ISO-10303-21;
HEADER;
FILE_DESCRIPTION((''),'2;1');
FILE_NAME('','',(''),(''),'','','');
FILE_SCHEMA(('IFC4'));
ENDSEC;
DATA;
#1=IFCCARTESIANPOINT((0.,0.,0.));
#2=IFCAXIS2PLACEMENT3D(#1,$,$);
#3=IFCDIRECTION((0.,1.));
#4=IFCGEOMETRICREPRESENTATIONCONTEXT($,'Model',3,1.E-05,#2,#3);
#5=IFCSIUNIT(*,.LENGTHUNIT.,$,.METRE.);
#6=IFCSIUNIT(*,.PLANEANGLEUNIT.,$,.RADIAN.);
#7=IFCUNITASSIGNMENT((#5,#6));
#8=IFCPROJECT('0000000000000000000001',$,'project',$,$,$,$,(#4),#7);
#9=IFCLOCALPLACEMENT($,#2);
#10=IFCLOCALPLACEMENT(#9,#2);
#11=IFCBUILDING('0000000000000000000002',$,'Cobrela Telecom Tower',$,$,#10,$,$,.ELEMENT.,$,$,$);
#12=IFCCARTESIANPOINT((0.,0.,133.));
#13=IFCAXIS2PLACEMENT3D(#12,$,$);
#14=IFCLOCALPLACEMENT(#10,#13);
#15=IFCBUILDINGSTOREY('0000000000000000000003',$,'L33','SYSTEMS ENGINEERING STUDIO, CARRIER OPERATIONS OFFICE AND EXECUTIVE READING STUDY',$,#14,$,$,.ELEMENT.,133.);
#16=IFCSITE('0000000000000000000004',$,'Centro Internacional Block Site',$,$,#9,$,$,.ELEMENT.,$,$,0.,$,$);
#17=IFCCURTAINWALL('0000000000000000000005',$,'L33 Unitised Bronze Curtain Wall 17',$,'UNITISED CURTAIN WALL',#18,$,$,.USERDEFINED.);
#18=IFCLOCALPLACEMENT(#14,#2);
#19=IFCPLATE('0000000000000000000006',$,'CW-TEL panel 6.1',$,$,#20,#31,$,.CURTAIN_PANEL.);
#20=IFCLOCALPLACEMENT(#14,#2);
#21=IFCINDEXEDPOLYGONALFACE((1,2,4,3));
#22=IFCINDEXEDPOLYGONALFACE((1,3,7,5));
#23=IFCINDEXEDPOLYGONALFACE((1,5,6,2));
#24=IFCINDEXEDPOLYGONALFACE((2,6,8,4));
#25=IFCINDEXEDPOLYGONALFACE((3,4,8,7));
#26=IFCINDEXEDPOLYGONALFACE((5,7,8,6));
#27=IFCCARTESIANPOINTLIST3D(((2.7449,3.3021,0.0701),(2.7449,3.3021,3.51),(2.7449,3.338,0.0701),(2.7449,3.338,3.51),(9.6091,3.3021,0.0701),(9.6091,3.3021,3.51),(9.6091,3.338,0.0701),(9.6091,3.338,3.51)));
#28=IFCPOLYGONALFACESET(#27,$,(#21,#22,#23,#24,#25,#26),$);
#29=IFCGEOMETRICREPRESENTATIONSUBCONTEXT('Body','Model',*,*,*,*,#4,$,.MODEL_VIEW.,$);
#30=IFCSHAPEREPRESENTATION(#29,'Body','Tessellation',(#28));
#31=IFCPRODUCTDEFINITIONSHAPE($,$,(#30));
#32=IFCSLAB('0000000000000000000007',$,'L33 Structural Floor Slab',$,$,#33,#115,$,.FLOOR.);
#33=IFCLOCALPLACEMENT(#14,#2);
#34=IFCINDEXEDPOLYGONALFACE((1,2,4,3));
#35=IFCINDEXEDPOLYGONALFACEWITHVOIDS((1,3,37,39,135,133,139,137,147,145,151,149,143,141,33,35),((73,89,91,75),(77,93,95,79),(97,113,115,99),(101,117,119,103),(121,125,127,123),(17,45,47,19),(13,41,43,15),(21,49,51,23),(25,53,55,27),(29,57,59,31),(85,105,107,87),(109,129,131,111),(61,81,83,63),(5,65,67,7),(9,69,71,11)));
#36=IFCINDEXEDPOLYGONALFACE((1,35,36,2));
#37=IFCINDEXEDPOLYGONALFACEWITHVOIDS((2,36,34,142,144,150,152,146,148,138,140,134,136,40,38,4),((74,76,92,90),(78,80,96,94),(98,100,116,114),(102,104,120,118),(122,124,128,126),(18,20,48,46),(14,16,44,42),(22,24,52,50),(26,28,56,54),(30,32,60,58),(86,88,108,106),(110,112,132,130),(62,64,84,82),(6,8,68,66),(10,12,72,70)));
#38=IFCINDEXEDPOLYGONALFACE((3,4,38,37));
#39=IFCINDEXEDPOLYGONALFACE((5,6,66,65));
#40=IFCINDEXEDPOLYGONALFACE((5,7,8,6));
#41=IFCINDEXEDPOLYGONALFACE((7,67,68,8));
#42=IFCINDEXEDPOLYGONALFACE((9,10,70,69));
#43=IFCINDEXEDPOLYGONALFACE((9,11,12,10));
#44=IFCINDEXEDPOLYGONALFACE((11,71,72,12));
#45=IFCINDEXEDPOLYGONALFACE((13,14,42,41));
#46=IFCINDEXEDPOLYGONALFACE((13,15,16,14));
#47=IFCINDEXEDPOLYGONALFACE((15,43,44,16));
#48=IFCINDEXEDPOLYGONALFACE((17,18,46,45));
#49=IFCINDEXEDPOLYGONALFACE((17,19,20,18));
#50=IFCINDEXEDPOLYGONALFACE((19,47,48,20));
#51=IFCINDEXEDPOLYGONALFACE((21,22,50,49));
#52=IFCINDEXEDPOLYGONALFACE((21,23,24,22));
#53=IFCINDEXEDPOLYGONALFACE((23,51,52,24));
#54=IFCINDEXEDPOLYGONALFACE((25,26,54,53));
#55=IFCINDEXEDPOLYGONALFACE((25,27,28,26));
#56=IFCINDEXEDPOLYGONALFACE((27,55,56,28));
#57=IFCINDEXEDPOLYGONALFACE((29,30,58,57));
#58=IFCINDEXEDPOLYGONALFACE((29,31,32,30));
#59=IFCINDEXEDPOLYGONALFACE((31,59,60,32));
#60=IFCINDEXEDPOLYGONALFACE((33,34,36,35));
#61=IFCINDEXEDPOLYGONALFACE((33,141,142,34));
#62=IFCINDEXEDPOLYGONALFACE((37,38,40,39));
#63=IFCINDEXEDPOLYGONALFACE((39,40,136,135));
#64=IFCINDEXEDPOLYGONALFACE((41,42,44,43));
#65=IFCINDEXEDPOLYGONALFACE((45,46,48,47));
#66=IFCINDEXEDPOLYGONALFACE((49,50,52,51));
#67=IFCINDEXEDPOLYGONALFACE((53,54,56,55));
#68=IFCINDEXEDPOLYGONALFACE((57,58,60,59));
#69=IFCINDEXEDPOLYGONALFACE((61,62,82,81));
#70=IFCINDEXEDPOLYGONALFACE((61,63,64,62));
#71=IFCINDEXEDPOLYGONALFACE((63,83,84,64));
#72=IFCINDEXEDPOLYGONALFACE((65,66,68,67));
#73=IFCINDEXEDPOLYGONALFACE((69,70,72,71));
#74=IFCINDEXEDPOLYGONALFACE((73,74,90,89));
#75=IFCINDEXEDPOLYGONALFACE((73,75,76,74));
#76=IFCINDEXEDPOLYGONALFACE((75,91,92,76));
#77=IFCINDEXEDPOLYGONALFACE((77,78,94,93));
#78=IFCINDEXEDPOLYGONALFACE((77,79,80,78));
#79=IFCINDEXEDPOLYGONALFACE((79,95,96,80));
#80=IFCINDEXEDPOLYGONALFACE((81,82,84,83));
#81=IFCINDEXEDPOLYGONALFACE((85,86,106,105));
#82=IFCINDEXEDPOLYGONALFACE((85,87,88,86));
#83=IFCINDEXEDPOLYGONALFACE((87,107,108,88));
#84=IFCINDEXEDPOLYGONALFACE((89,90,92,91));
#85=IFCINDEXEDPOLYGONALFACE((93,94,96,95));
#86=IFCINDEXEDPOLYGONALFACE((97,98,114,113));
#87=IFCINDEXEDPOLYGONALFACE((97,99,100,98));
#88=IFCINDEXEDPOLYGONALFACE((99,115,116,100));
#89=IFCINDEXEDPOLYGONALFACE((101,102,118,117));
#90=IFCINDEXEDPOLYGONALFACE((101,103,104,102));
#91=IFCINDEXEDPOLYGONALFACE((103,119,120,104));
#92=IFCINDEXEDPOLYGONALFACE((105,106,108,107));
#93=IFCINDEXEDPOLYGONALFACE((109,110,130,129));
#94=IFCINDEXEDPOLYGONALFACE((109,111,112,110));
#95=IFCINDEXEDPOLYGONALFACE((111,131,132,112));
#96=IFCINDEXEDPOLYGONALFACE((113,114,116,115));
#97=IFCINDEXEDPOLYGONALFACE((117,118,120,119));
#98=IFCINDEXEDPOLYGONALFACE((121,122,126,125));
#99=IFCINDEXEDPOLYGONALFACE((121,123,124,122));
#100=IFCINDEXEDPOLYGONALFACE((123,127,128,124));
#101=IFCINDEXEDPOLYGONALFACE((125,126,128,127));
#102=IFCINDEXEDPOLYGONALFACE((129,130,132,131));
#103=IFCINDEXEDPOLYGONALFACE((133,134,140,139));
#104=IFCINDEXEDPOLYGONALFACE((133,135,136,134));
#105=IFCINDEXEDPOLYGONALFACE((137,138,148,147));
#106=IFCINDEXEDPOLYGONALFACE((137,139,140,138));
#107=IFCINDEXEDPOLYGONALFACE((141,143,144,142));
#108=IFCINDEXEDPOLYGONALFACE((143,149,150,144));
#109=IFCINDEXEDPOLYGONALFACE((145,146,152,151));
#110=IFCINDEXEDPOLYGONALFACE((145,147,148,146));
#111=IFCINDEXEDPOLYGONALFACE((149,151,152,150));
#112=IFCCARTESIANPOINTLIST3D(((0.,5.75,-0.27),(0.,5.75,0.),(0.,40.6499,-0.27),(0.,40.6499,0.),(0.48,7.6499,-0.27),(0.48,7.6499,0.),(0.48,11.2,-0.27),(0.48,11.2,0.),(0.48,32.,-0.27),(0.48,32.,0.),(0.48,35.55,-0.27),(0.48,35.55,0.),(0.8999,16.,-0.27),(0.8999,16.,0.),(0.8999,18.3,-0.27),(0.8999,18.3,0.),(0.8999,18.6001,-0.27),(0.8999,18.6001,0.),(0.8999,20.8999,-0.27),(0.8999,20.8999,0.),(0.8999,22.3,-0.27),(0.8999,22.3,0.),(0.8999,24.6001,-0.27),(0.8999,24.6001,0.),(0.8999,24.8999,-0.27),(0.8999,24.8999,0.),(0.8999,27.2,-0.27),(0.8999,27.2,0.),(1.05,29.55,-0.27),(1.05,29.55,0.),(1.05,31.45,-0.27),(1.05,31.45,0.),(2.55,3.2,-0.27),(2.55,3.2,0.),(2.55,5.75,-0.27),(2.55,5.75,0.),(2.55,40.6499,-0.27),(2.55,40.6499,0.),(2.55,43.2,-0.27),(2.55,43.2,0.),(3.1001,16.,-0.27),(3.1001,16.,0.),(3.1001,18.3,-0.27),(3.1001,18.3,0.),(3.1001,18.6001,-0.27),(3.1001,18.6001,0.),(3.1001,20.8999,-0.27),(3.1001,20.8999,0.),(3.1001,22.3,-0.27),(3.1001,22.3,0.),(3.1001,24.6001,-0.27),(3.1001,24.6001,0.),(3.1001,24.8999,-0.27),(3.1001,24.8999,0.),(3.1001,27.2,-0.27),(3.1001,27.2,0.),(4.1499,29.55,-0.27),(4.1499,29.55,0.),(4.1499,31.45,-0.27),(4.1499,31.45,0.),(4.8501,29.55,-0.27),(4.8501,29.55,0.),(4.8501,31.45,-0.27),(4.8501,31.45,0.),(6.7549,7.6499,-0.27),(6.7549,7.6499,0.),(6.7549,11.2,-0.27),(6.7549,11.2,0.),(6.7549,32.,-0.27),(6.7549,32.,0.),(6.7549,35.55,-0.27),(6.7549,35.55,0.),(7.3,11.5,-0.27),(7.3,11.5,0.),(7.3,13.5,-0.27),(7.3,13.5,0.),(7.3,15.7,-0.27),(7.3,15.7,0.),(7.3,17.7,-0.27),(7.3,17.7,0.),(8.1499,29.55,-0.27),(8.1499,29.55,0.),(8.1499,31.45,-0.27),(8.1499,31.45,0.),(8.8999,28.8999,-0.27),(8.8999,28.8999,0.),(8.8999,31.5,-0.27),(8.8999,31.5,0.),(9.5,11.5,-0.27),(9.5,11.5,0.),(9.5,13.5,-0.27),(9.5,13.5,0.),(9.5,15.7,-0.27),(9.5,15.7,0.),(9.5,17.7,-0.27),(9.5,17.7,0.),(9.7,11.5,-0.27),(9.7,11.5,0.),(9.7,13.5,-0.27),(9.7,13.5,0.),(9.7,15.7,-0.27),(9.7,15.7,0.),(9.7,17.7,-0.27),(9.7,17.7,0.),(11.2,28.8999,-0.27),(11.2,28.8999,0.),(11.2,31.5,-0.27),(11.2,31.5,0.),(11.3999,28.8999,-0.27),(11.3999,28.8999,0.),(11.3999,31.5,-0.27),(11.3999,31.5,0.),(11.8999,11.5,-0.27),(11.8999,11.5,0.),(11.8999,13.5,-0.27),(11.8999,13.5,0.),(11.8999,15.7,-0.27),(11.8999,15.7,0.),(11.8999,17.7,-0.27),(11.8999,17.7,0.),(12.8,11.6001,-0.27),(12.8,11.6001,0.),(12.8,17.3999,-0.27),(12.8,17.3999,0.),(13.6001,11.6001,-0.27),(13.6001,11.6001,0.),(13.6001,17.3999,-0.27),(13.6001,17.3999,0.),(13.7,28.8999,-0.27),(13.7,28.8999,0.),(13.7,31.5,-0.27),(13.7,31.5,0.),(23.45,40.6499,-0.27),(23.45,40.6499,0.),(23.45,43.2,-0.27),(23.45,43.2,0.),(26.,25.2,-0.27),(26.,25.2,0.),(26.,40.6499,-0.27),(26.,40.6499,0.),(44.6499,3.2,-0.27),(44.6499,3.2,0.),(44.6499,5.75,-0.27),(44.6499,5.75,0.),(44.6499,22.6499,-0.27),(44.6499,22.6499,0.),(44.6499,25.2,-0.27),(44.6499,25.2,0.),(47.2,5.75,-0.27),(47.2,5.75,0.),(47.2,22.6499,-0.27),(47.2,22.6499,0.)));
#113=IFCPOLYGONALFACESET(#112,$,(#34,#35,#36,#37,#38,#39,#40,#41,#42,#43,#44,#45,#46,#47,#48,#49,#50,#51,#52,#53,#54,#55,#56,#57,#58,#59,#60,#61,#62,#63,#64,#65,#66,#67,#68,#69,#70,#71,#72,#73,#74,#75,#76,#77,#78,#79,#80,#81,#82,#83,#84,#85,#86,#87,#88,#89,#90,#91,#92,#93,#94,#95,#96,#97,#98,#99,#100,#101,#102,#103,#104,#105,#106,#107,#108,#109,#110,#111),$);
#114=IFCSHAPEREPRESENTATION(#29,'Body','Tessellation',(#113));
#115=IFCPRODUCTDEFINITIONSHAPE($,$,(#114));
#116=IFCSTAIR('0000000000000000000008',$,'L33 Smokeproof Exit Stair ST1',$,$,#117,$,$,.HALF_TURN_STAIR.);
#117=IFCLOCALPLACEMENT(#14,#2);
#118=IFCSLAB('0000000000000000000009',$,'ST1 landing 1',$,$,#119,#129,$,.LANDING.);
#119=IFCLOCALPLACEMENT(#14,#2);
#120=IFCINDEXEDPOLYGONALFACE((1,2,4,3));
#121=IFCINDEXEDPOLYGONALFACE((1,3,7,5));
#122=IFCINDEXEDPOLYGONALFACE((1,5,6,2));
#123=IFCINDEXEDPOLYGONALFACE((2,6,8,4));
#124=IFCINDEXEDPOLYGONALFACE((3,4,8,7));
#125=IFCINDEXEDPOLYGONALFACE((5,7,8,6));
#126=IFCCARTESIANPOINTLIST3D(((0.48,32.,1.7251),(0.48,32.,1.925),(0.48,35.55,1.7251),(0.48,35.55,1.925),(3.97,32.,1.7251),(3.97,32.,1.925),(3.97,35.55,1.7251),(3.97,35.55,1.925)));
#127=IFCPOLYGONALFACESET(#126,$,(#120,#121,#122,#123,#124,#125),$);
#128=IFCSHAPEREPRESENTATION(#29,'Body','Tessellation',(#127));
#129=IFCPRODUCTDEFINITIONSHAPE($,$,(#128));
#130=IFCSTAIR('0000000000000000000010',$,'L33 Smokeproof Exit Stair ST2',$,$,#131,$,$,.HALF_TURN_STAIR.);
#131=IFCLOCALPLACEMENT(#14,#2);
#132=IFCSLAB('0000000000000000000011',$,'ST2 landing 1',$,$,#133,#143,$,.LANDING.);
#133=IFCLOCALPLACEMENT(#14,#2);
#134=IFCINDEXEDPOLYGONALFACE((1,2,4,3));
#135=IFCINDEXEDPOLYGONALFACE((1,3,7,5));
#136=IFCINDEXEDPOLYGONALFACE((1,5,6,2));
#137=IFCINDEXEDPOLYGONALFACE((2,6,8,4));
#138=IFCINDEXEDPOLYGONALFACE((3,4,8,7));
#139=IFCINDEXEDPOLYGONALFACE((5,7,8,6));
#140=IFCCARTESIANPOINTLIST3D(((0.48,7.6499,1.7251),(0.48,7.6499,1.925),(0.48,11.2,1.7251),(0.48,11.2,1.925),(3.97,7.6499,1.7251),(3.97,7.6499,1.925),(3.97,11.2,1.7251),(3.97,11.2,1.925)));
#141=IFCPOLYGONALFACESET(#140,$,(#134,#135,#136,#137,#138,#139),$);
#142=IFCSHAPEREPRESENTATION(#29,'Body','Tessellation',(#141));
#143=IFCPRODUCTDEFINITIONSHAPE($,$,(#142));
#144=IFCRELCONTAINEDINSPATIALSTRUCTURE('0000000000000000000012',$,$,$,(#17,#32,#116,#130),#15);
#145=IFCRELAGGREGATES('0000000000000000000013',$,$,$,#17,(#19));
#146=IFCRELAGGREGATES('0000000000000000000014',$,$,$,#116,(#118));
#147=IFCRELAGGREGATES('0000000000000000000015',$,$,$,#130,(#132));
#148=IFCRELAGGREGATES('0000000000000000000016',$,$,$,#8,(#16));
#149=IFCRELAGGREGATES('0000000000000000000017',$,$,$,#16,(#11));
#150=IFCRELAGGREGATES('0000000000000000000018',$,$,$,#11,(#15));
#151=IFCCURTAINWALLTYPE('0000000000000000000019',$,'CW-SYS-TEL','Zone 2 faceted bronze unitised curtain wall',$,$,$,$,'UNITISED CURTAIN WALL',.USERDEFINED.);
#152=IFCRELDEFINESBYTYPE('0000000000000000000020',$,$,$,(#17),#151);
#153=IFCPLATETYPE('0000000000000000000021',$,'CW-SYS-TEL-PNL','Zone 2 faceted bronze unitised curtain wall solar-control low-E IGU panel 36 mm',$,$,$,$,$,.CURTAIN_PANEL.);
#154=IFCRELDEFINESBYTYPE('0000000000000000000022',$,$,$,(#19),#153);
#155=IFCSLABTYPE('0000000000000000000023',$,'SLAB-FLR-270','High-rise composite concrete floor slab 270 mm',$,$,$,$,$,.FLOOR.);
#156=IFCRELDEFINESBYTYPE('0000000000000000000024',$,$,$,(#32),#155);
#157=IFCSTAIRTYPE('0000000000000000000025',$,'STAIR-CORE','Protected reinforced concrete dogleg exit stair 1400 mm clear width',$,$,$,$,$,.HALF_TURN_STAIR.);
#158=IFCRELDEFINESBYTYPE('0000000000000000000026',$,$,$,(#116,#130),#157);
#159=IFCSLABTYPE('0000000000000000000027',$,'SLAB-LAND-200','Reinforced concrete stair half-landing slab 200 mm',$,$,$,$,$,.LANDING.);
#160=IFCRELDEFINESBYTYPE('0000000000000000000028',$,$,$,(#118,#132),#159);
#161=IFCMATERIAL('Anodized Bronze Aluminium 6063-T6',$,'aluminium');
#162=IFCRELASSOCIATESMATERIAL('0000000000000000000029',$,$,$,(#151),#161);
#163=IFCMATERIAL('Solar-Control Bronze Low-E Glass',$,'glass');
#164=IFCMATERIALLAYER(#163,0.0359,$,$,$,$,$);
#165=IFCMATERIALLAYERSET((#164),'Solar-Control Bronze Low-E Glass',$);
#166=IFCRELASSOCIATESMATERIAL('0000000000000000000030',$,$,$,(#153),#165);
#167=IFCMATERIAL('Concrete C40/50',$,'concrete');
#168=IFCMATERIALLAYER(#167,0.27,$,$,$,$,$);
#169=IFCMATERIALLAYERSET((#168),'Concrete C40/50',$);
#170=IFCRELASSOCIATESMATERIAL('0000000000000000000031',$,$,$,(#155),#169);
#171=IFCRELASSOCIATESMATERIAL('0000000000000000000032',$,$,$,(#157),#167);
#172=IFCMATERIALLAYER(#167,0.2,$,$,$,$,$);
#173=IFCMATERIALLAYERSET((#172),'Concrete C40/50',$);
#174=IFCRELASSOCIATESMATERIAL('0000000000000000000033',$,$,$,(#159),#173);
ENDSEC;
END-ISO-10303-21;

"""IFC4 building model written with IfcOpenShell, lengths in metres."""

from ifc_helpers import new_model, si_unit, direction, frame, origin, origin_2d, place, context, subcontext, project, spatial, polyline, rectangle, outline, extrude, material, layer, layer_set, type_object, element, aggregate, save


model = new_model("IFC4")

# Units and contexts
model_context = context("Model", 3, precision=1e-05, world=origin(), true_north=direction((0.0, 1.0)))
body_context = subcontext(model_context, "Body", "Model", "MODEL_VIEW")
ifc_project = project(units=[si_unit("LENGTHUNIT", "METRE"), si_unit("PLANEANGLEUNIT", "RADIAN")], contexts=[model_context])

# Site, building, storey
site_placement = place(None, origin())
site = spatial("IfcSite", under=ifc_project, at=site_placement, Name="Centro Internacional Block Site", CompositionType="ELEMENT", RefElevation=0.0)
building_placement = place(site_placement, origin())
building = spatial("IfcBuilding", under=site, at=building_placement, Name="Cobrela Telecom Tower", CompositionType="ELEMENT")
storey_placement = place(building_placement, frame((0.0, 0.0, 133.0)))
storey = spatial("IfcBuildingStorey", under=building, at=storey_placement, Name="L33", Description="SYSTEMS ENGINEERING STUDIO, CARRIER OPERATIONS OFFICE AND EXECUTIVE READING STUDY", CompositionType="ELEMENT", Elevation=133.0)

# Curtain wall, plate
ifc_material_1 = material(Name="Anodized Bronze Aluminium 6063-T6", Category="aluminium")
curtain_wall_type = type_object("IfcCurtainWallType", Name="CW-SYS-TEL", Description="Zone 2 faceted bronze unitised curtain wall", ElementType="UNITISED CURTAIN WALL", PredefinedType="USERDEFINED", material=ifc_material_1)
curtain_wall_placement = place(storey_placement, origin())
curtain_wall = element("IfcCurtainWall", 1, at=curtain_wall_placement, inside=storey, type_object=curtain_wall_type, Name="L33 Unitised Bronze Curtain Wall 17", ObjectType="UNITISED CURTAIN WALL", PredefinedType="USERDEFINED")
ifc_material_2 = material(Name="Solar-Control Bronze Low-E Glass", Category="glass")
ifc_layer_1 = layer(ifc_material_2, 0.0359)
ifc_layer_set_1 = layer_set([ifc_layer_1], Name="Solar-Control Bronze Low-E Glass")
plate_type = type_object("IfcPlateType", Name="CW-SYS-TEL-PNL", Description="Zone 2 faceted bronze unitised curtain wall solar-control low-E IGU panel 36 mm", PredefinedType="CURTAIN_PANEL", material=ifc_layer_set_1)
plate_placement = place(storey_placement, frame((6.177, 3.3201, 0.0701), z_axis=(0.0, 0.0, 1.0), x_axis=(-1.0, 0.0, 0.0)))
plate = element("IfcPlate", 2, at=plate_placement, type_object=plate_type, Name="CW-TEL panel 6.1", PredefinedType="CURTAIN_PANEL", context=body_context, shape_type="SweptSolid", body=[
    extrude(rectangle(XDim=6.8643, YDim=0.0359, at=origin_2d()), origin(), (0.0, 0.0, 1.0), 3.4399),
])
aggregate(curtain_wall, [plate])

# Slab, openings
ifc_material_3 = material(Name="Concrete C40/50", Category="concrete")
ifc_layer_2 = layer(ifc_material_3, 0.27)
ifc_layer_set_2 = layer_set([ifc_layer_2], Name="Concrete C40/50")
slab_type_1 = type_object("IfcSlabType", Name="SLAB-FLR-270", Description="High-rise composite concrete floor slab 270 mm", PredefinedType="FLOOR", material=ifc_layer_set_2)
slab_1_placement = place(storey_placement, frame((0.0, 0.0, -0.27)))
slab_1 = element("IfcSlab", 3, at=slab_1_placement, inside=storey, type_object=slab_type_1, Name="L33 Structural Floor Slab", PredefinedType="FLOOR", context=body_context, shape_type="SweptSolid", body=[
    extrude(outline(polyline([(2.55, 3.2), (44.6499, 3.2), (44.6499, 5.75), (47.2, 5.75), (47.2, 22.6499), (44.6499, 22.6499), (44.6499, 25.2), (26.0, 25.2), (26.0, 40.6499), (23.45, 40.6499), (23.45, 43.2), (2.55, 43.2), (2.55, 40.6499), (0.0, 40.6499), (0.0, 5.75), (2.55, 5.75), (2.55, 3.2)])), origin(), (0.0, 0.0, 1.0), 0.27),
])
opening_1_placement = place(slab_1_placement, frame((0.0, 0.0, -0.02)))
element("IfcOpeningElement", 4, at=opening_1_placement, cuts=slab_1, PredefinedType="OPENING", context=body_context, shape_type="SweptSolid", body=[
    extrude(outline(polyline([(8.8999, 28.8999), (11.2, 28.8999), (11.2, 31.5), (8.8999, 31.5), (8.8999, 28.8999)])), origin(), (0.0, 0.0, 1.0), 0.3101),
])
opening_2_placement = place(slab_1_placement, frame((0.0, 0.0, -0.02)))
element("IfcOpeningElement", 5, at=opening_2_placement, cuts=slab_1, PredefinedType="OPENING", context=body_context, shape_type="SweptSolid", body=[
    extrude(outline(polyline([(11.3999, 28.8999), (13.7, 28.8999), (13.7, 31.5), (11.3999, 31.5), (11.3999, 28.8999)])), origin(), (0.0, 0.0, 1.0), 0.3101),
])
opening_3_placement = place(slab_1_placement, frame((0.0, 0.0, -0.02)))
element("IfcOpeningElement", 6, at=opening_3_placement, cuts=slab_1, PredefinedType="OPENING", context=body_context, shape_type="SweptSolid", body=[
    extrude(outline(polyline([(7.3, 15.7), (9.5, 15.7), (9.5, 17.7), (7.3, 17.7), (7.3, 15.7)])), origin(), (0.0, 0.0, 1.0), 0.3101),
])
opening_4_placement = place(slab_1_placement, frame((0.0, 0.0, -0.02)))
element("IfcOpeningElement", 7, at=opening_4_placement, cuts=slab_1, PredefinedType="OPENING", context=body_context, shape_type="SweptSolid", body=[
    extrude(outline(polyline([(9.7, 15.7), (11.8999, 15.7), (11.8999, 17.7), (9.7, 17.7), (9.7, 15.7)])), origin(), (0.0, 0.0, 1.0), 0.3101),
])
opening_5_placement = place(slab_1_placement, frame((0.0, 0.0, -0.02)))
element("IfcOpeningElement", 8, at=opening_5_placement, cuts=slab_1, PredefinedType="OPENING", context=body_context, shape_type="SweptSolid", body=[
    extrude(outline(polyline([(7.3, 11.5), (9.5, 11.5), (9.5, 13.5), (7.3, 13.5), (7.3, 11.5)])), origin(), (0.0, 0.0, 1.0), 0.3101),
])
opening_6_placement = place(slab_1_placement, frame((0.0, 0.0, -0.02)))
element("IfcOpeningElement", 9, at=opening_6_placement, cuts=slab_1, PredefinedType="OPENING", context=body_context, shape_type="SweptSolid", body=[
    extrude(outline(polyline([(9.7, 11.5), (11.8999, 11.5), (11.8999, 13.5), (9.7, 13.5), (9.7, 11.5)])), origin(), (0.0, 0.0, 1.0), 0.3101),
])
opening_7_placement = place(slab_1_placement, frame((0.0, 0.0, -0.02)))
element("IfcOpeningElement", 10, at=opening_7_placement, cuts=slab_1, PredefinedType="OPENING", context=body_context, shape_type="SweptSolid", body=[
    extrude(outline(polyline([(0.8999, 16.0), (3.1001, 16.0), (3.1001, 18.3), (0.8999, 18.3), (0.8999, 16.0)])), origin(), (0.0, 0.0, 1.0), 0.3101),
])
opening_8_placement = place(slab_1_placement, frame((0.0, 0.0, -0.02)))
element("IfcOpeningElement", 11, at=opening_8_placement, cuts=slab_1, PredefinedType="OPENING", context=body_context, shape_type="SweptSolid", body=[
    extrude(outline(polyline([(0.8999, 18.6001), (3.1001, 18.6001), (3.1001, 20.8999), (0.8999, 20.8999), (0.8999, 18.6001)])), origin(), (0.0, 0.0, 1.0), 0.3101),
])
opening_9_placement = place(slab_1_placement, frame((0.0, 0.0, -0.02)))
element("IfcOpeningElement", 12, at=opening_9_placement, cuts=slab_1, PredefinedType="OPENING", context=body_context, shape_type="SweptSolid", body=[
    extrude(outline(polyline([(0.8999, 22.3), (3.1001, 22.3), (3.1001, 24.6001), (0.8999, 24.6001), (0.8999, 22.3)])), origin(), (0.0, 0.0, 1.0), 0.3101),
])
opening_10_placement = place(slab_1_placement, frame((0.0, 0.0, -0.02)))
element("IfcOpeningElement", 13, at=opening_10_placement, cuts=slab_1, PredefinedType="OPENING", context=body_context, shape_type="SweptSolid", body=[
    extrude(outline(polyline([(0.8999, 24.8999), (3.1001, 24.8999), (3.1001, 27.2), (0.8999, 27.2), (0.8999, 24.8999)])), origin(), (0.0, 0.0, 1.0), 0.3101),
])
opening_11_placement = place(slab_1_placement, frame((0.0, 0.0, -0.02)))
element("IfcOpeningElement", 14, at=opening_11_placement, cuts=slab_1, PredefinedType="OPENING", context=body_context, shape_type="SweptSolid", body=[
    extrude(outline(polyline([(1.05, 29.55), (4.1499, 29.55), (4.1499, 31.45), (1.05, 31.45), (1.05, 29.55)])), origin(), (0.0, 0.0, 1.0), 0.3101),
])
opening_12_placement = place(slab_1_placement, frame((0.0, 0.0, -0.02)))
element("IfcOpeningElement", 15, at=opening_12_placement, cuts=slab_1, PredefinedType="OPENING", context=body_context, shape_type="SweptSolid", body=[
    extrude(outline(polyline([(4.8501, 29.55), (8.1499, 29.55), (8.1499, 31.45), (4.8501, 31.45), (4.8501, 29.55)])), origin(), (0.0, 0.0, 1.0), 0.3101),
])
opening_13_placement = place(slab_1_placement, frame((0.0, 0.0, -0.02)))
element("IfcOpeningElement", 16, at=opening_13_placement, cuts=slab_1, PredefinedType="OPENING", context=body_context, shape_type="SweptSolid", body=[
    extrude(outline(polyline([(12.8, 11.6001), (13.6001, 11.6001), (13.6001, 17.3999), (12.8, 17.3999), (12.8, 11.6001)])), origin(), (0.0, 0.0, 1.0), 0.3101),
])
opening_14_placement = place(slab_1_placement, frame((0.0, 0.0, -0.02)))
element("IfcOpeningElement", 17, at=opening_14_placement, cuts=slab_1, PredefinedType="OPENING", context=body_context, shape_type="SweptSolid", body=[
    extrude(outline(polyline([(6.7549, 35.55), (0.48, 35.55), (0.48, 32.0), (6.7549, 32.0), (6.7549, 35.55)])), origin(), (0.0, 0.0, 1.0), 0.3101),
])
opening_15_placement = place(slab_1_placement, frame((0.0, 0.0, -0.02)))
element("IfcOpeningElement", 18, at=opening_15_placement, cuts=slab_1, PredefinedType="OPENING", context=body_context, shape_type="SweptSolid", body=[
    extrude(outline(polyline([(6.7549, 11.2), (0.48, 11.2), (0.48, 7.6499), (6.7549, 7.6499), (6.7549, 11.2)])), origin(), (0.0, 0.0, 1.0), 0.3101),
])

# Stairs, slabs
stair_type = type_object("IfcStairType", Name="STAIR-CORE", Description="Protected reinforced concrete dogleg exit stair 1400 mm clear width", PredefinedType="HALF_TURN_STAIR", material=ifc_material_3)
stair_1_placement = place(storey_placement, origin())
stair_1 = element("IfcStair", 19, at=stair_1_placement, inside=storey, type_object=stair_type, Name="L33 Smokeproof Exit Stair ST1", PredefinedType="HALF_TURN_STAIR")
ifc_layer_3 = layer(ifc_material_3, 0.2)
ifc_layer_set_3 = layer_set([ifc_layer_3], Name="Concrete C40/50")
slab_type_2 = type_object("IfcSlabType", Name="SLAB-LAND-200", Description="Reinforced concrete stair half-landing slab 200 mm", PredefinedType="LANDING", material=ifc_layer_set_3)
slab_2_placement = place(storey_placement, frame((0.0, 0.0, 1.7251)))
slab_2 = element("IfcSlab", 20, at=slab_2_placement, type_object=slab_type_2, Name="ST1 landing 1", PredefinedType="LANDING", context=body_context, shape_type="SweptSolid", body=[
    extrude(outline(polyline([(3.97, 35.55), (0.48, 35.55), (0.48, 32.0), (3.97, 32.0), (3.97, 35.55)])), origin(), (0.0, 0.0, 1.0), 0.2),
])
aggregate(stair_1, [slab_2])
stair_2_placement = place(storey_placement, origin())
stair_2 = element("IfcStair", 21, at=stair_2_placement, inside=storey, type_object=stair_type, Name="L33 Smokeproof Exit Stair ST2", PredefinedType="HALF_TURN_STAIR")
slab_3_placement = place(storey_placement, frame((0.0, 0.0, 1.7251)))
slab_3 = element("IfcSlab", 22, at=slab_3_placement, type_object=slab_type_2, Name="ST2 landing 1", PredefinedType="LANDING", context=body_context, shape_type="SweptSolid", body=[
    extrude(outline(polyline([(3.97, 11.2), (0.48, 11.2), (0.48, 7.6499), (3.97, 7.6499), (3.97, 11.2)])), origin(), (0.0, 0.0, 1.0), 0.2),
])

aggregate(stair_2, [slab_3])

save(model, "model.ifc")
